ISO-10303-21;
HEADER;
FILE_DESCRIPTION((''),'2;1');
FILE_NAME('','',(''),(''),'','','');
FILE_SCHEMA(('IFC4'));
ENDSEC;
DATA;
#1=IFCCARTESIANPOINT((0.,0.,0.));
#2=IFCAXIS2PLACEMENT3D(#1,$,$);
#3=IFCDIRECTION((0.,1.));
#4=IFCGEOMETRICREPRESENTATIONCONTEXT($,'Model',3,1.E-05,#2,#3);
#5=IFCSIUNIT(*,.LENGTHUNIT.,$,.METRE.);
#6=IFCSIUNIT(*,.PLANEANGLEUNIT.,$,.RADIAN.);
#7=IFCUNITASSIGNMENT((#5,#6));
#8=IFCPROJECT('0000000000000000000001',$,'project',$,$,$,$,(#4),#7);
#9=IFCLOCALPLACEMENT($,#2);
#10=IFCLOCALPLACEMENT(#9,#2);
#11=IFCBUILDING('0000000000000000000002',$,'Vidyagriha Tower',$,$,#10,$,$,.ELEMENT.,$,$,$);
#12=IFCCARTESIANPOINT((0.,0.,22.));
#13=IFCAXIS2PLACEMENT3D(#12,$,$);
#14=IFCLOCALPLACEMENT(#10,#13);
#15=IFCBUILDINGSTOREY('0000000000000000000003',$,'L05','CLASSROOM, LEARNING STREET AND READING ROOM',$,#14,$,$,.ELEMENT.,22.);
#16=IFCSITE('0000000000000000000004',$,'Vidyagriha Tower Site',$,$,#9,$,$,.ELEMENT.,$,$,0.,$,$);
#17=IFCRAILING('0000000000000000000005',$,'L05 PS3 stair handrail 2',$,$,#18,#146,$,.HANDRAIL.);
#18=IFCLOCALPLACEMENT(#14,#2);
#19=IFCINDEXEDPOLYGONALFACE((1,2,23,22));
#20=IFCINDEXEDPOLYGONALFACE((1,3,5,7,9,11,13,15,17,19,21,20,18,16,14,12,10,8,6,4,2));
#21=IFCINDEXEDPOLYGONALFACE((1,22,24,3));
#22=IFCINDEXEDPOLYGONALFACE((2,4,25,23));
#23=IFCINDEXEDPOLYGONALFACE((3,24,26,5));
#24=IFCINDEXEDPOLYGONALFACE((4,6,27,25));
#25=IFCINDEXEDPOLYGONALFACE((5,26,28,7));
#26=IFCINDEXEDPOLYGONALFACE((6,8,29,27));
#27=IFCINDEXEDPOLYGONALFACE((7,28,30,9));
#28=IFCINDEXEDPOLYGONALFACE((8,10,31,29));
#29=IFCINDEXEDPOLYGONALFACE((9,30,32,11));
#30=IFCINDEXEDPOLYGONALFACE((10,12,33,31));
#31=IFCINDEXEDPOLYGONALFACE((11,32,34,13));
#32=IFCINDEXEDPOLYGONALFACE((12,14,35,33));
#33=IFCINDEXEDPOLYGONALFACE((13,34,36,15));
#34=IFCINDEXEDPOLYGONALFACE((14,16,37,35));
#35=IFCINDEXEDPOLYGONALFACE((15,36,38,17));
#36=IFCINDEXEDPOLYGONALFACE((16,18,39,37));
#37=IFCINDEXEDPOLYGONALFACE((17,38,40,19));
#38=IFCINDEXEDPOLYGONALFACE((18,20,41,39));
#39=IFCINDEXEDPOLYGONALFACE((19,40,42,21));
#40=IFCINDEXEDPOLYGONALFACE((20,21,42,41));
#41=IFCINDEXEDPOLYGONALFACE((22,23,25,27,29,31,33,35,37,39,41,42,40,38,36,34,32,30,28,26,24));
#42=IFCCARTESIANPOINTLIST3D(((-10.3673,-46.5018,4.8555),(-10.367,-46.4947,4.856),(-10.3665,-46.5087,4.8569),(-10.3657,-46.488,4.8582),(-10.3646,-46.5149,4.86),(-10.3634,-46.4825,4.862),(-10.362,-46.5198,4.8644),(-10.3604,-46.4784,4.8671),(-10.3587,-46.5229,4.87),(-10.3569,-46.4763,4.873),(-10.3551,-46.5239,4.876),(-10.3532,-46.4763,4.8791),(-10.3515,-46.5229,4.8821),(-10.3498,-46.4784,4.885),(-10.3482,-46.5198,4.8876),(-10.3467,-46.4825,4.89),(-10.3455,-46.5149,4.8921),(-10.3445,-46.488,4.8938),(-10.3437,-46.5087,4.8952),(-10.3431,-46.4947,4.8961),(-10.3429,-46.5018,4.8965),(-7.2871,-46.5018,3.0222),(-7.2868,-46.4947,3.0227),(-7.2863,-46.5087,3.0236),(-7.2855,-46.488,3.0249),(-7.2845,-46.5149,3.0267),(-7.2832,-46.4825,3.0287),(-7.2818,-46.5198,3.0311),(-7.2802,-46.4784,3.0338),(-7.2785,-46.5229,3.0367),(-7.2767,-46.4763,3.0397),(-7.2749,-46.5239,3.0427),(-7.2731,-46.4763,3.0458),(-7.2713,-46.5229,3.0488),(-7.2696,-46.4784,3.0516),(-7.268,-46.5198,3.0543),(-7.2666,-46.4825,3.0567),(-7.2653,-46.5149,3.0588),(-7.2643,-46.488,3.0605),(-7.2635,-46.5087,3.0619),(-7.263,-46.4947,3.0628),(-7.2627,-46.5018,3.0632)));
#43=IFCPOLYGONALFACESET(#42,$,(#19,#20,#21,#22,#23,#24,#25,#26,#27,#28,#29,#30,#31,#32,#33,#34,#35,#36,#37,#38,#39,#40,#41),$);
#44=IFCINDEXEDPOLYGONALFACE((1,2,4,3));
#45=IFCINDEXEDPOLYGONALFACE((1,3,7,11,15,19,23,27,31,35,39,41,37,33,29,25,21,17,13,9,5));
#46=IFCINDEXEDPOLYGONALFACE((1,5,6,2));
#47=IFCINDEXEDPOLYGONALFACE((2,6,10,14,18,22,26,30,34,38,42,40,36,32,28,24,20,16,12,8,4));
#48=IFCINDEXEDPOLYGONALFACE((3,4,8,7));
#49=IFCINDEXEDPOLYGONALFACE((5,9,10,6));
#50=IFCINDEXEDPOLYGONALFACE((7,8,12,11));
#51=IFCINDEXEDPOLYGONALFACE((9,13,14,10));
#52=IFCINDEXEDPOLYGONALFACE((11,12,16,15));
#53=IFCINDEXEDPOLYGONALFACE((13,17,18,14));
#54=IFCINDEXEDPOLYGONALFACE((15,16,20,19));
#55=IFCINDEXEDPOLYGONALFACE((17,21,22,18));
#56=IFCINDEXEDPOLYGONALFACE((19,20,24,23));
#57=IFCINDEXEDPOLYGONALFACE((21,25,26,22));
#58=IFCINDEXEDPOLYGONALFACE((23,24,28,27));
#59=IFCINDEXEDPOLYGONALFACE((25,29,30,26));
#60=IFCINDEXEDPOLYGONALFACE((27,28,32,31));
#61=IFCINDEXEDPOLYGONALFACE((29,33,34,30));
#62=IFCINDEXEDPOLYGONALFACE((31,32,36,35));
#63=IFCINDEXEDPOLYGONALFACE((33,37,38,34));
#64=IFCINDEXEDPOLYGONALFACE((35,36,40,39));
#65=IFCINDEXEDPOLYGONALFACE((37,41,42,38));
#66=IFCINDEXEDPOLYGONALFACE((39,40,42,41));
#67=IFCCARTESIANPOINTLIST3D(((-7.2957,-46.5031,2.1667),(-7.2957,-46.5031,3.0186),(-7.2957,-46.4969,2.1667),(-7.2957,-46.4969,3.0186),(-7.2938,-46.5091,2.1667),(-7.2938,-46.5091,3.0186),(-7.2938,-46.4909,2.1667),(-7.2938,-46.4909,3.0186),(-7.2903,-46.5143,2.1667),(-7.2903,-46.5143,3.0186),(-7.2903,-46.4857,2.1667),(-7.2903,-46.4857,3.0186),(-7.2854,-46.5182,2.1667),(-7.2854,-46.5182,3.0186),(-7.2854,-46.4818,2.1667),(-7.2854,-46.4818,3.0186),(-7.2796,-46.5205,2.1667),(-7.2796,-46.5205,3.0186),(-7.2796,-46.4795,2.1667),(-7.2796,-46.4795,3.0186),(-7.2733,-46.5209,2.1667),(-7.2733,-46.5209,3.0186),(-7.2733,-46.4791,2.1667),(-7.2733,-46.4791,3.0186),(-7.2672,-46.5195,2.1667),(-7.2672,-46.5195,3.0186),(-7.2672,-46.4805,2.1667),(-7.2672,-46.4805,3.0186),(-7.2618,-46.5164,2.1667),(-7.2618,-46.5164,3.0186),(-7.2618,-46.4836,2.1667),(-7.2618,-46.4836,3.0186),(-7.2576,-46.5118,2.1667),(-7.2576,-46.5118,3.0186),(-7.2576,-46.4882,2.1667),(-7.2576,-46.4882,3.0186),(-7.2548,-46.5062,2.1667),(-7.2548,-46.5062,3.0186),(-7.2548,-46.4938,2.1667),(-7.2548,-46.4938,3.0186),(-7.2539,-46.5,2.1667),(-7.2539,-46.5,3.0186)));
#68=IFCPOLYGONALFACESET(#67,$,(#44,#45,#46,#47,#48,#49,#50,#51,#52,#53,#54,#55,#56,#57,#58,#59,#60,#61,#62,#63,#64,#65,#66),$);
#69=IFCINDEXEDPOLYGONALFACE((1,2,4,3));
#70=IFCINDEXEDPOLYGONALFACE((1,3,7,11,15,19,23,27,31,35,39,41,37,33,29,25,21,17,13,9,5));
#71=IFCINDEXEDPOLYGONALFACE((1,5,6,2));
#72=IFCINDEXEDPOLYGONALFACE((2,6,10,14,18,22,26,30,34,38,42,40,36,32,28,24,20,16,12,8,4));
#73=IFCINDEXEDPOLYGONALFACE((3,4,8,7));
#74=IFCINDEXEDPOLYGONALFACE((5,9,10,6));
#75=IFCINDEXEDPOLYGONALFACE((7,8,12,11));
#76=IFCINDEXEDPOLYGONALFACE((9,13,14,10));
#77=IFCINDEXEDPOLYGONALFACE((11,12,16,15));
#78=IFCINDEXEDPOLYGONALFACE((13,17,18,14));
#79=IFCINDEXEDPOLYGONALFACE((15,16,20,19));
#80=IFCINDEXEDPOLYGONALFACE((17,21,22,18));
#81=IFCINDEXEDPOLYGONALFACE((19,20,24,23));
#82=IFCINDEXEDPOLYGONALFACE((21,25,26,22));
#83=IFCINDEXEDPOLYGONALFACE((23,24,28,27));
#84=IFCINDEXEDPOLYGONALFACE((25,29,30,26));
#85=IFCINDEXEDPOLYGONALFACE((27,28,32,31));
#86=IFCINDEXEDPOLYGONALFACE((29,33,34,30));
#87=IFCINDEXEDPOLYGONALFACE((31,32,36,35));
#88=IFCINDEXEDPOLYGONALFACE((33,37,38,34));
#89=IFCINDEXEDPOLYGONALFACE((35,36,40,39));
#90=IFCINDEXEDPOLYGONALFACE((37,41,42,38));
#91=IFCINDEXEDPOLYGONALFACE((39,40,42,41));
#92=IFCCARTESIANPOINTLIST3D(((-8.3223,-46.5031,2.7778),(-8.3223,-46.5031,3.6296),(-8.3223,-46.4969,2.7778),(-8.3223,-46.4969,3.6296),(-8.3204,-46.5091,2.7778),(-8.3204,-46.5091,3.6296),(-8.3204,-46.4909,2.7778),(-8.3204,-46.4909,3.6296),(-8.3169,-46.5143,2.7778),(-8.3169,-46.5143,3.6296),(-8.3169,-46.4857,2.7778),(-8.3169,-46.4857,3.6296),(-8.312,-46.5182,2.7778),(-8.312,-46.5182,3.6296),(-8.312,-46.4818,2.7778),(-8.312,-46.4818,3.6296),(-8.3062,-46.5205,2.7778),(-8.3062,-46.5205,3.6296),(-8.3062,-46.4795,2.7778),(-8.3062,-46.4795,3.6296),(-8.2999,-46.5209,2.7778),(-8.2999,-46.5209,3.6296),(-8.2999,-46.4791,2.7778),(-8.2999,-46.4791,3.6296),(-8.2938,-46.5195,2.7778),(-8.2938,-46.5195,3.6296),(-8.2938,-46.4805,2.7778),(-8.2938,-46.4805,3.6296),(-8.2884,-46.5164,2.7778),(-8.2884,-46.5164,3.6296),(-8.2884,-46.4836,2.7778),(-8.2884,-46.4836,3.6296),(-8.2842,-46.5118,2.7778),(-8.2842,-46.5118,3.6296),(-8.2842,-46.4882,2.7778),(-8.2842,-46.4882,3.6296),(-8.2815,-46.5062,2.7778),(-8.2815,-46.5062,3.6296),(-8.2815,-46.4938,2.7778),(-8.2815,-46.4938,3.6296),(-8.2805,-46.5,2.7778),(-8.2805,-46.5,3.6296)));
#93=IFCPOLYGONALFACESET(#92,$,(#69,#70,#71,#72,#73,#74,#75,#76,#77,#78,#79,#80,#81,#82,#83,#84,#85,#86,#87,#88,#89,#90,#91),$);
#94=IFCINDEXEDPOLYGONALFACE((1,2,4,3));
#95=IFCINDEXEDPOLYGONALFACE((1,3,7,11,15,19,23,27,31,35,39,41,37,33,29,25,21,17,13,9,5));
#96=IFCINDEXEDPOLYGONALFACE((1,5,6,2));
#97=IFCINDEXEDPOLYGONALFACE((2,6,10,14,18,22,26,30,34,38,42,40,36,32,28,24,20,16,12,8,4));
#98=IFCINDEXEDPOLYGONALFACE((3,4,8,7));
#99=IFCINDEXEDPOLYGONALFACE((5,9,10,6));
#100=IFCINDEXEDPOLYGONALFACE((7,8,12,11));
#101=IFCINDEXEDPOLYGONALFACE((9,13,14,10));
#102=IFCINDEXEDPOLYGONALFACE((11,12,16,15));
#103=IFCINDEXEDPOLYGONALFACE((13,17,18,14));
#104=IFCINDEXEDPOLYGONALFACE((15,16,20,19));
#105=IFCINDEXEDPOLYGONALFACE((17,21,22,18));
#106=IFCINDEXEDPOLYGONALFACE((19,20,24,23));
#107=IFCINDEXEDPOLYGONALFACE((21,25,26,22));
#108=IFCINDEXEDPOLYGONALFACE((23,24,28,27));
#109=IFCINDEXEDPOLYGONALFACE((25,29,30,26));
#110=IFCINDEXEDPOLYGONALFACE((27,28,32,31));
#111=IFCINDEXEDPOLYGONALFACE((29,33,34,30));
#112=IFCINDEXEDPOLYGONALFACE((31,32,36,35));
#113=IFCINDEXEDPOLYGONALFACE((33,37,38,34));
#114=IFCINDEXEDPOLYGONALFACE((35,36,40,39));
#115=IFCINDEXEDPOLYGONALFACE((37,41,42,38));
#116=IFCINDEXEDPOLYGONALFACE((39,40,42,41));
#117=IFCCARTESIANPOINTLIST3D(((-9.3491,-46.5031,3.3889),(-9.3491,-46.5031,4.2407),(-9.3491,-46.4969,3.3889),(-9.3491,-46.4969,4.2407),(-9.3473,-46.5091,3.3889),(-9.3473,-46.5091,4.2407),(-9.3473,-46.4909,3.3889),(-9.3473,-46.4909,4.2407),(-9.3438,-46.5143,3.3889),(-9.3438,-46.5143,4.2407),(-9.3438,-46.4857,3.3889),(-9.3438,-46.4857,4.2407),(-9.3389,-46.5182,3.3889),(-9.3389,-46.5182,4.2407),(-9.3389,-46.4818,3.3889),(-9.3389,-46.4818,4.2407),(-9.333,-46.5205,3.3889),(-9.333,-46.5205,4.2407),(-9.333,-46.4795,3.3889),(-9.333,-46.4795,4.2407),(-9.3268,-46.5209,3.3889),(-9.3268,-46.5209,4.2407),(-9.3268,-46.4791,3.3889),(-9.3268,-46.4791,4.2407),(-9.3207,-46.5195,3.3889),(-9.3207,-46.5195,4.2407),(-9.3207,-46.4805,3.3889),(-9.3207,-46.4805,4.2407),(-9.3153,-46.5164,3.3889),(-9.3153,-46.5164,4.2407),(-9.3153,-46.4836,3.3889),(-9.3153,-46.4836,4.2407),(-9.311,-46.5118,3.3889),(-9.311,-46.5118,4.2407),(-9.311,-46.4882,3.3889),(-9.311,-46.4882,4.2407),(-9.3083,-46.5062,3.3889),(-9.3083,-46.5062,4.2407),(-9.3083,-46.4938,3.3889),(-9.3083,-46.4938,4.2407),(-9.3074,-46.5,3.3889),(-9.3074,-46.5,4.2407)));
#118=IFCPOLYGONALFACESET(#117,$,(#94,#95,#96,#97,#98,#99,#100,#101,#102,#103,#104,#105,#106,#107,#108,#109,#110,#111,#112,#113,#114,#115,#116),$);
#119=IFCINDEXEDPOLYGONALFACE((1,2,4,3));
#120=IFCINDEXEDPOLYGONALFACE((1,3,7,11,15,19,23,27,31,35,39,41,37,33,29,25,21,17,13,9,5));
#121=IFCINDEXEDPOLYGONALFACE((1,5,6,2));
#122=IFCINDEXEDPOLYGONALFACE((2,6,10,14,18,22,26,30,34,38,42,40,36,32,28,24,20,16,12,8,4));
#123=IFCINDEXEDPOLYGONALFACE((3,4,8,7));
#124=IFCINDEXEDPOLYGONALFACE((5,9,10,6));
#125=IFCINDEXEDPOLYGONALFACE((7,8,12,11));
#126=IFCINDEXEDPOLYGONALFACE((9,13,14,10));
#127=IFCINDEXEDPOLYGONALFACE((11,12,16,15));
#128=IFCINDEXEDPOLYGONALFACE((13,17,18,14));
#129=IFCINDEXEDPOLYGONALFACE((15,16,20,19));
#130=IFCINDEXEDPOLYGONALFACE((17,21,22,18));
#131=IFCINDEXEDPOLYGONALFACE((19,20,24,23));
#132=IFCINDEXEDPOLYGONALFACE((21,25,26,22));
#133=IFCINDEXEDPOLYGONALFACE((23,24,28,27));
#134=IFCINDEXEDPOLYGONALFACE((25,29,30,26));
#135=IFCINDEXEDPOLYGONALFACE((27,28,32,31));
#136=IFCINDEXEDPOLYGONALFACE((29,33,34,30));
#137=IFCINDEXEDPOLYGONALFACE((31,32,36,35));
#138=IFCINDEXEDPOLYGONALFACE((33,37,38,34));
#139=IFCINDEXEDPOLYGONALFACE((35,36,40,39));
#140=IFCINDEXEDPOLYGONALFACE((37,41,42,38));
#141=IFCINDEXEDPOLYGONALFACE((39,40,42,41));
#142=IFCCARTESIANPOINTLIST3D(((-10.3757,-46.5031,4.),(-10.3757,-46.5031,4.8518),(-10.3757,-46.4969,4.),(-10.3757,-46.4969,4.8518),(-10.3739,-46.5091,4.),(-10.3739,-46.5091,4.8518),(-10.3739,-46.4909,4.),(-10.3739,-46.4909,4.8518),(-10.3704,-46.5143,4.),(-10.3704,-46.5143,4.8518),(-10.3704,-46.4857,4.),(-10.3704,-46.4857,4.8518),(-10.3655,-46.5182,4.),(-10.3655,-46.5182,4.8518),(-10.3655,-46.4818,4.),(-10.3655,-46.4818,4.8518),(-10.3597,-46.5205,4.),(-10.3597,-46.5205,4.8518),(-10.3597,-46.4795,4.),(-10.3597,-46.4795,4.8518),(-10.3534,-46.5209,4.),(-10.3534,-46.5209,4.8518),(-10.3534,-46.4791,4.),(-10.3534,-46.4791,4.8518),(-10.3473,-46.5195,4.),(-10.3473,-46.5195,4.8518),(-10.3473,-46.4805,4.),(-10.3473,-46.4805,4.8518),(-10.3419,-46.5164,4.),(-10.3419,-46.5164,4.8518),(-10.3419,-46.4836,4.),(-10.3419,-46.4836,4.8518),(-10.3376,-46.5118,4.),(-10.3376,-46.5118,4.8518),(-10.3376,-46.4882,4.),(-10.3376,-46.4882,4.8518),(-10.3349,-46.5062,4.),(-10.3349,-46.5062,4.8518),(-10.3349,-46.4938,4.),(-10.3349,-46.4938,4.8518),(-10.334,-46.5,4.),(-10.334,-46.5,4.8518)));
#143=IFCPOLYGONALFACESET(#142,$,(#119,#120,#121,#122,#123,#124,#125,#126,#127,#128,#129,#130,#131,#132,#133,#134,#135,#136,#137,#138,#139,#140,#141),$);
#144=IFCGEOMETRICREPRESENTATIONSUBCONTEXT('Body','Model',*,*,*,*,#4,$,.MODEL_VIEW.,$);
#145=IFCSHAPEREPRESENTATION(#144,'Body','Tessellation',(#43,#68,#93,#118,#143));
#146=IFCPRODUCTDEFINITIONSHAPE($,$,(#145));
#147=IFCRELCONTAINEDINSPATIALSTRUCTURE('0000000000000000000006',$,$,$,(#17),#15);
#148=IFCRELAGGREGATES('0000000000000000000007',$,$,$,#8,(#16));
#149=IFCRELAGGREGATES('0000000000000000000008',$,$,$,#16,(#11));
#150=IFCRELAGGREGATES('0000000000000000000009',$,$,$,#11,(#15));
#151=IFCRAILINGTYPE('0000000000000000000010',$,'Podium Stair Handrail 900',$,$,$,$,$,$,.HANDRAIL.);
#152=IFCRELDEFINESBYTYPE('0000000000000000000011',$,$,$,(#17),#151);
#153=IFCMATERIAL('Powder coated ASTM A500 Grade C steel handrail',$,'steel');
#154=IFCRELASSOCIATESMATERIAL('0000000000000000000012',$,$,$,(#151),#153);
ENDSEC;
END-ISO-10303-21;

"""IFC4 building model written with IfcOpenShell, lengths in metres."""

from ifc_helpers import new_model, si_unit, direction, frame, origin, origin_2d, place, context, subcontext, project, spatial, circle, extrude, material, type_object, element, save


model = new_model("IFC4")

# Units and contexts
model_context = context("Model", 3, precision=1e-05, world=origin(), true_north=direction((0.0, 1.0)))
body_context = subcontext(model_context, "Body", "Model", "MODEL_VIEW")
ifc_project = project(units=[si_unit("LENGTHUNIT", "METRE"), si_unit("PLANEANGLEUNIT", "RADIAN")], contexts=[model_context])

# Site, building, storey
site_placement = place(None, origin())
site = spatial("IfcSite", under=ifc_project, at=site_placement, Name="Vidyagriha Tower Site", CompositionType="ELEMENT", RefElevation=0.0)
building_placement = place(site_placement, origin())
building = spatial("IfcBuilding", under=site, at=building_placement, Name="Vidyagriha Tower", CompositionType="ELEMENT")
storey_placement = place(building_placement, frame((0.0, 0.0, 22.0)))
storey = spatial("IfcBuildingStorey", under=building, at=storey_placement, Name="L05", Description="CLASSROOM, LEARNING STREET AND READING ROOM", CompositionType="ELEMENT", Elevation=22.0)

# Railing
ifc_material_1 = material(Name="Powder coated ASTM A500 Grade C steel handrail", Category="steel")
railing_type_1 = type_object("IfcRailingType", Name="Podium Stair Handrail 900", PredefinedType="HANDRAIL", material=ifc_material_1)
railing_1_placement = place(storey_placement, frame((-7.2749, -46.5, 2.1667)))
element("IfcRailing", 1, at=railing_1_placement, inside=storey, type_object=railing_type_1, Name="L05 PS3 stair handrail 2", PredefinedType="HANDRAIL", context=body_context, shape_type="SweptSolid", body=[
    extrude(circle(Radius=0.0239, at=origin_2d()), frame((0.0, 0.0, 0.876), z_axis=(-0.859309, 0.0, 0.511458), x_axis=(0.0, -1.0, 0.0)), (0.0, 0.0, 1.0), 3.5845),
    extrude(circle(Radius=0.021, at=origin_2d()), origin(), (0.0, 0.0, 1.0), 0.8518),
    extrude(circle(Radius=0.021, at=origin_2d()), frame((-1.0266, 0.0, 0.6111)), (0.0, 0.0, 1.0), 0.8518),
    extrude(circle(Radius=0.021, at=origin_2d()), frame((-2.0535, 0.0, 1.2222)), (0.0, 0.0, 1.0), 0.8518),
    extrude(circle(Radius=0.021, at=origin_2d()), frame((-3.0801, 0.0, 1.8333)), (0.0, 0.0, 1.0), 0.8518),
])

save(model, "model.ifc")
